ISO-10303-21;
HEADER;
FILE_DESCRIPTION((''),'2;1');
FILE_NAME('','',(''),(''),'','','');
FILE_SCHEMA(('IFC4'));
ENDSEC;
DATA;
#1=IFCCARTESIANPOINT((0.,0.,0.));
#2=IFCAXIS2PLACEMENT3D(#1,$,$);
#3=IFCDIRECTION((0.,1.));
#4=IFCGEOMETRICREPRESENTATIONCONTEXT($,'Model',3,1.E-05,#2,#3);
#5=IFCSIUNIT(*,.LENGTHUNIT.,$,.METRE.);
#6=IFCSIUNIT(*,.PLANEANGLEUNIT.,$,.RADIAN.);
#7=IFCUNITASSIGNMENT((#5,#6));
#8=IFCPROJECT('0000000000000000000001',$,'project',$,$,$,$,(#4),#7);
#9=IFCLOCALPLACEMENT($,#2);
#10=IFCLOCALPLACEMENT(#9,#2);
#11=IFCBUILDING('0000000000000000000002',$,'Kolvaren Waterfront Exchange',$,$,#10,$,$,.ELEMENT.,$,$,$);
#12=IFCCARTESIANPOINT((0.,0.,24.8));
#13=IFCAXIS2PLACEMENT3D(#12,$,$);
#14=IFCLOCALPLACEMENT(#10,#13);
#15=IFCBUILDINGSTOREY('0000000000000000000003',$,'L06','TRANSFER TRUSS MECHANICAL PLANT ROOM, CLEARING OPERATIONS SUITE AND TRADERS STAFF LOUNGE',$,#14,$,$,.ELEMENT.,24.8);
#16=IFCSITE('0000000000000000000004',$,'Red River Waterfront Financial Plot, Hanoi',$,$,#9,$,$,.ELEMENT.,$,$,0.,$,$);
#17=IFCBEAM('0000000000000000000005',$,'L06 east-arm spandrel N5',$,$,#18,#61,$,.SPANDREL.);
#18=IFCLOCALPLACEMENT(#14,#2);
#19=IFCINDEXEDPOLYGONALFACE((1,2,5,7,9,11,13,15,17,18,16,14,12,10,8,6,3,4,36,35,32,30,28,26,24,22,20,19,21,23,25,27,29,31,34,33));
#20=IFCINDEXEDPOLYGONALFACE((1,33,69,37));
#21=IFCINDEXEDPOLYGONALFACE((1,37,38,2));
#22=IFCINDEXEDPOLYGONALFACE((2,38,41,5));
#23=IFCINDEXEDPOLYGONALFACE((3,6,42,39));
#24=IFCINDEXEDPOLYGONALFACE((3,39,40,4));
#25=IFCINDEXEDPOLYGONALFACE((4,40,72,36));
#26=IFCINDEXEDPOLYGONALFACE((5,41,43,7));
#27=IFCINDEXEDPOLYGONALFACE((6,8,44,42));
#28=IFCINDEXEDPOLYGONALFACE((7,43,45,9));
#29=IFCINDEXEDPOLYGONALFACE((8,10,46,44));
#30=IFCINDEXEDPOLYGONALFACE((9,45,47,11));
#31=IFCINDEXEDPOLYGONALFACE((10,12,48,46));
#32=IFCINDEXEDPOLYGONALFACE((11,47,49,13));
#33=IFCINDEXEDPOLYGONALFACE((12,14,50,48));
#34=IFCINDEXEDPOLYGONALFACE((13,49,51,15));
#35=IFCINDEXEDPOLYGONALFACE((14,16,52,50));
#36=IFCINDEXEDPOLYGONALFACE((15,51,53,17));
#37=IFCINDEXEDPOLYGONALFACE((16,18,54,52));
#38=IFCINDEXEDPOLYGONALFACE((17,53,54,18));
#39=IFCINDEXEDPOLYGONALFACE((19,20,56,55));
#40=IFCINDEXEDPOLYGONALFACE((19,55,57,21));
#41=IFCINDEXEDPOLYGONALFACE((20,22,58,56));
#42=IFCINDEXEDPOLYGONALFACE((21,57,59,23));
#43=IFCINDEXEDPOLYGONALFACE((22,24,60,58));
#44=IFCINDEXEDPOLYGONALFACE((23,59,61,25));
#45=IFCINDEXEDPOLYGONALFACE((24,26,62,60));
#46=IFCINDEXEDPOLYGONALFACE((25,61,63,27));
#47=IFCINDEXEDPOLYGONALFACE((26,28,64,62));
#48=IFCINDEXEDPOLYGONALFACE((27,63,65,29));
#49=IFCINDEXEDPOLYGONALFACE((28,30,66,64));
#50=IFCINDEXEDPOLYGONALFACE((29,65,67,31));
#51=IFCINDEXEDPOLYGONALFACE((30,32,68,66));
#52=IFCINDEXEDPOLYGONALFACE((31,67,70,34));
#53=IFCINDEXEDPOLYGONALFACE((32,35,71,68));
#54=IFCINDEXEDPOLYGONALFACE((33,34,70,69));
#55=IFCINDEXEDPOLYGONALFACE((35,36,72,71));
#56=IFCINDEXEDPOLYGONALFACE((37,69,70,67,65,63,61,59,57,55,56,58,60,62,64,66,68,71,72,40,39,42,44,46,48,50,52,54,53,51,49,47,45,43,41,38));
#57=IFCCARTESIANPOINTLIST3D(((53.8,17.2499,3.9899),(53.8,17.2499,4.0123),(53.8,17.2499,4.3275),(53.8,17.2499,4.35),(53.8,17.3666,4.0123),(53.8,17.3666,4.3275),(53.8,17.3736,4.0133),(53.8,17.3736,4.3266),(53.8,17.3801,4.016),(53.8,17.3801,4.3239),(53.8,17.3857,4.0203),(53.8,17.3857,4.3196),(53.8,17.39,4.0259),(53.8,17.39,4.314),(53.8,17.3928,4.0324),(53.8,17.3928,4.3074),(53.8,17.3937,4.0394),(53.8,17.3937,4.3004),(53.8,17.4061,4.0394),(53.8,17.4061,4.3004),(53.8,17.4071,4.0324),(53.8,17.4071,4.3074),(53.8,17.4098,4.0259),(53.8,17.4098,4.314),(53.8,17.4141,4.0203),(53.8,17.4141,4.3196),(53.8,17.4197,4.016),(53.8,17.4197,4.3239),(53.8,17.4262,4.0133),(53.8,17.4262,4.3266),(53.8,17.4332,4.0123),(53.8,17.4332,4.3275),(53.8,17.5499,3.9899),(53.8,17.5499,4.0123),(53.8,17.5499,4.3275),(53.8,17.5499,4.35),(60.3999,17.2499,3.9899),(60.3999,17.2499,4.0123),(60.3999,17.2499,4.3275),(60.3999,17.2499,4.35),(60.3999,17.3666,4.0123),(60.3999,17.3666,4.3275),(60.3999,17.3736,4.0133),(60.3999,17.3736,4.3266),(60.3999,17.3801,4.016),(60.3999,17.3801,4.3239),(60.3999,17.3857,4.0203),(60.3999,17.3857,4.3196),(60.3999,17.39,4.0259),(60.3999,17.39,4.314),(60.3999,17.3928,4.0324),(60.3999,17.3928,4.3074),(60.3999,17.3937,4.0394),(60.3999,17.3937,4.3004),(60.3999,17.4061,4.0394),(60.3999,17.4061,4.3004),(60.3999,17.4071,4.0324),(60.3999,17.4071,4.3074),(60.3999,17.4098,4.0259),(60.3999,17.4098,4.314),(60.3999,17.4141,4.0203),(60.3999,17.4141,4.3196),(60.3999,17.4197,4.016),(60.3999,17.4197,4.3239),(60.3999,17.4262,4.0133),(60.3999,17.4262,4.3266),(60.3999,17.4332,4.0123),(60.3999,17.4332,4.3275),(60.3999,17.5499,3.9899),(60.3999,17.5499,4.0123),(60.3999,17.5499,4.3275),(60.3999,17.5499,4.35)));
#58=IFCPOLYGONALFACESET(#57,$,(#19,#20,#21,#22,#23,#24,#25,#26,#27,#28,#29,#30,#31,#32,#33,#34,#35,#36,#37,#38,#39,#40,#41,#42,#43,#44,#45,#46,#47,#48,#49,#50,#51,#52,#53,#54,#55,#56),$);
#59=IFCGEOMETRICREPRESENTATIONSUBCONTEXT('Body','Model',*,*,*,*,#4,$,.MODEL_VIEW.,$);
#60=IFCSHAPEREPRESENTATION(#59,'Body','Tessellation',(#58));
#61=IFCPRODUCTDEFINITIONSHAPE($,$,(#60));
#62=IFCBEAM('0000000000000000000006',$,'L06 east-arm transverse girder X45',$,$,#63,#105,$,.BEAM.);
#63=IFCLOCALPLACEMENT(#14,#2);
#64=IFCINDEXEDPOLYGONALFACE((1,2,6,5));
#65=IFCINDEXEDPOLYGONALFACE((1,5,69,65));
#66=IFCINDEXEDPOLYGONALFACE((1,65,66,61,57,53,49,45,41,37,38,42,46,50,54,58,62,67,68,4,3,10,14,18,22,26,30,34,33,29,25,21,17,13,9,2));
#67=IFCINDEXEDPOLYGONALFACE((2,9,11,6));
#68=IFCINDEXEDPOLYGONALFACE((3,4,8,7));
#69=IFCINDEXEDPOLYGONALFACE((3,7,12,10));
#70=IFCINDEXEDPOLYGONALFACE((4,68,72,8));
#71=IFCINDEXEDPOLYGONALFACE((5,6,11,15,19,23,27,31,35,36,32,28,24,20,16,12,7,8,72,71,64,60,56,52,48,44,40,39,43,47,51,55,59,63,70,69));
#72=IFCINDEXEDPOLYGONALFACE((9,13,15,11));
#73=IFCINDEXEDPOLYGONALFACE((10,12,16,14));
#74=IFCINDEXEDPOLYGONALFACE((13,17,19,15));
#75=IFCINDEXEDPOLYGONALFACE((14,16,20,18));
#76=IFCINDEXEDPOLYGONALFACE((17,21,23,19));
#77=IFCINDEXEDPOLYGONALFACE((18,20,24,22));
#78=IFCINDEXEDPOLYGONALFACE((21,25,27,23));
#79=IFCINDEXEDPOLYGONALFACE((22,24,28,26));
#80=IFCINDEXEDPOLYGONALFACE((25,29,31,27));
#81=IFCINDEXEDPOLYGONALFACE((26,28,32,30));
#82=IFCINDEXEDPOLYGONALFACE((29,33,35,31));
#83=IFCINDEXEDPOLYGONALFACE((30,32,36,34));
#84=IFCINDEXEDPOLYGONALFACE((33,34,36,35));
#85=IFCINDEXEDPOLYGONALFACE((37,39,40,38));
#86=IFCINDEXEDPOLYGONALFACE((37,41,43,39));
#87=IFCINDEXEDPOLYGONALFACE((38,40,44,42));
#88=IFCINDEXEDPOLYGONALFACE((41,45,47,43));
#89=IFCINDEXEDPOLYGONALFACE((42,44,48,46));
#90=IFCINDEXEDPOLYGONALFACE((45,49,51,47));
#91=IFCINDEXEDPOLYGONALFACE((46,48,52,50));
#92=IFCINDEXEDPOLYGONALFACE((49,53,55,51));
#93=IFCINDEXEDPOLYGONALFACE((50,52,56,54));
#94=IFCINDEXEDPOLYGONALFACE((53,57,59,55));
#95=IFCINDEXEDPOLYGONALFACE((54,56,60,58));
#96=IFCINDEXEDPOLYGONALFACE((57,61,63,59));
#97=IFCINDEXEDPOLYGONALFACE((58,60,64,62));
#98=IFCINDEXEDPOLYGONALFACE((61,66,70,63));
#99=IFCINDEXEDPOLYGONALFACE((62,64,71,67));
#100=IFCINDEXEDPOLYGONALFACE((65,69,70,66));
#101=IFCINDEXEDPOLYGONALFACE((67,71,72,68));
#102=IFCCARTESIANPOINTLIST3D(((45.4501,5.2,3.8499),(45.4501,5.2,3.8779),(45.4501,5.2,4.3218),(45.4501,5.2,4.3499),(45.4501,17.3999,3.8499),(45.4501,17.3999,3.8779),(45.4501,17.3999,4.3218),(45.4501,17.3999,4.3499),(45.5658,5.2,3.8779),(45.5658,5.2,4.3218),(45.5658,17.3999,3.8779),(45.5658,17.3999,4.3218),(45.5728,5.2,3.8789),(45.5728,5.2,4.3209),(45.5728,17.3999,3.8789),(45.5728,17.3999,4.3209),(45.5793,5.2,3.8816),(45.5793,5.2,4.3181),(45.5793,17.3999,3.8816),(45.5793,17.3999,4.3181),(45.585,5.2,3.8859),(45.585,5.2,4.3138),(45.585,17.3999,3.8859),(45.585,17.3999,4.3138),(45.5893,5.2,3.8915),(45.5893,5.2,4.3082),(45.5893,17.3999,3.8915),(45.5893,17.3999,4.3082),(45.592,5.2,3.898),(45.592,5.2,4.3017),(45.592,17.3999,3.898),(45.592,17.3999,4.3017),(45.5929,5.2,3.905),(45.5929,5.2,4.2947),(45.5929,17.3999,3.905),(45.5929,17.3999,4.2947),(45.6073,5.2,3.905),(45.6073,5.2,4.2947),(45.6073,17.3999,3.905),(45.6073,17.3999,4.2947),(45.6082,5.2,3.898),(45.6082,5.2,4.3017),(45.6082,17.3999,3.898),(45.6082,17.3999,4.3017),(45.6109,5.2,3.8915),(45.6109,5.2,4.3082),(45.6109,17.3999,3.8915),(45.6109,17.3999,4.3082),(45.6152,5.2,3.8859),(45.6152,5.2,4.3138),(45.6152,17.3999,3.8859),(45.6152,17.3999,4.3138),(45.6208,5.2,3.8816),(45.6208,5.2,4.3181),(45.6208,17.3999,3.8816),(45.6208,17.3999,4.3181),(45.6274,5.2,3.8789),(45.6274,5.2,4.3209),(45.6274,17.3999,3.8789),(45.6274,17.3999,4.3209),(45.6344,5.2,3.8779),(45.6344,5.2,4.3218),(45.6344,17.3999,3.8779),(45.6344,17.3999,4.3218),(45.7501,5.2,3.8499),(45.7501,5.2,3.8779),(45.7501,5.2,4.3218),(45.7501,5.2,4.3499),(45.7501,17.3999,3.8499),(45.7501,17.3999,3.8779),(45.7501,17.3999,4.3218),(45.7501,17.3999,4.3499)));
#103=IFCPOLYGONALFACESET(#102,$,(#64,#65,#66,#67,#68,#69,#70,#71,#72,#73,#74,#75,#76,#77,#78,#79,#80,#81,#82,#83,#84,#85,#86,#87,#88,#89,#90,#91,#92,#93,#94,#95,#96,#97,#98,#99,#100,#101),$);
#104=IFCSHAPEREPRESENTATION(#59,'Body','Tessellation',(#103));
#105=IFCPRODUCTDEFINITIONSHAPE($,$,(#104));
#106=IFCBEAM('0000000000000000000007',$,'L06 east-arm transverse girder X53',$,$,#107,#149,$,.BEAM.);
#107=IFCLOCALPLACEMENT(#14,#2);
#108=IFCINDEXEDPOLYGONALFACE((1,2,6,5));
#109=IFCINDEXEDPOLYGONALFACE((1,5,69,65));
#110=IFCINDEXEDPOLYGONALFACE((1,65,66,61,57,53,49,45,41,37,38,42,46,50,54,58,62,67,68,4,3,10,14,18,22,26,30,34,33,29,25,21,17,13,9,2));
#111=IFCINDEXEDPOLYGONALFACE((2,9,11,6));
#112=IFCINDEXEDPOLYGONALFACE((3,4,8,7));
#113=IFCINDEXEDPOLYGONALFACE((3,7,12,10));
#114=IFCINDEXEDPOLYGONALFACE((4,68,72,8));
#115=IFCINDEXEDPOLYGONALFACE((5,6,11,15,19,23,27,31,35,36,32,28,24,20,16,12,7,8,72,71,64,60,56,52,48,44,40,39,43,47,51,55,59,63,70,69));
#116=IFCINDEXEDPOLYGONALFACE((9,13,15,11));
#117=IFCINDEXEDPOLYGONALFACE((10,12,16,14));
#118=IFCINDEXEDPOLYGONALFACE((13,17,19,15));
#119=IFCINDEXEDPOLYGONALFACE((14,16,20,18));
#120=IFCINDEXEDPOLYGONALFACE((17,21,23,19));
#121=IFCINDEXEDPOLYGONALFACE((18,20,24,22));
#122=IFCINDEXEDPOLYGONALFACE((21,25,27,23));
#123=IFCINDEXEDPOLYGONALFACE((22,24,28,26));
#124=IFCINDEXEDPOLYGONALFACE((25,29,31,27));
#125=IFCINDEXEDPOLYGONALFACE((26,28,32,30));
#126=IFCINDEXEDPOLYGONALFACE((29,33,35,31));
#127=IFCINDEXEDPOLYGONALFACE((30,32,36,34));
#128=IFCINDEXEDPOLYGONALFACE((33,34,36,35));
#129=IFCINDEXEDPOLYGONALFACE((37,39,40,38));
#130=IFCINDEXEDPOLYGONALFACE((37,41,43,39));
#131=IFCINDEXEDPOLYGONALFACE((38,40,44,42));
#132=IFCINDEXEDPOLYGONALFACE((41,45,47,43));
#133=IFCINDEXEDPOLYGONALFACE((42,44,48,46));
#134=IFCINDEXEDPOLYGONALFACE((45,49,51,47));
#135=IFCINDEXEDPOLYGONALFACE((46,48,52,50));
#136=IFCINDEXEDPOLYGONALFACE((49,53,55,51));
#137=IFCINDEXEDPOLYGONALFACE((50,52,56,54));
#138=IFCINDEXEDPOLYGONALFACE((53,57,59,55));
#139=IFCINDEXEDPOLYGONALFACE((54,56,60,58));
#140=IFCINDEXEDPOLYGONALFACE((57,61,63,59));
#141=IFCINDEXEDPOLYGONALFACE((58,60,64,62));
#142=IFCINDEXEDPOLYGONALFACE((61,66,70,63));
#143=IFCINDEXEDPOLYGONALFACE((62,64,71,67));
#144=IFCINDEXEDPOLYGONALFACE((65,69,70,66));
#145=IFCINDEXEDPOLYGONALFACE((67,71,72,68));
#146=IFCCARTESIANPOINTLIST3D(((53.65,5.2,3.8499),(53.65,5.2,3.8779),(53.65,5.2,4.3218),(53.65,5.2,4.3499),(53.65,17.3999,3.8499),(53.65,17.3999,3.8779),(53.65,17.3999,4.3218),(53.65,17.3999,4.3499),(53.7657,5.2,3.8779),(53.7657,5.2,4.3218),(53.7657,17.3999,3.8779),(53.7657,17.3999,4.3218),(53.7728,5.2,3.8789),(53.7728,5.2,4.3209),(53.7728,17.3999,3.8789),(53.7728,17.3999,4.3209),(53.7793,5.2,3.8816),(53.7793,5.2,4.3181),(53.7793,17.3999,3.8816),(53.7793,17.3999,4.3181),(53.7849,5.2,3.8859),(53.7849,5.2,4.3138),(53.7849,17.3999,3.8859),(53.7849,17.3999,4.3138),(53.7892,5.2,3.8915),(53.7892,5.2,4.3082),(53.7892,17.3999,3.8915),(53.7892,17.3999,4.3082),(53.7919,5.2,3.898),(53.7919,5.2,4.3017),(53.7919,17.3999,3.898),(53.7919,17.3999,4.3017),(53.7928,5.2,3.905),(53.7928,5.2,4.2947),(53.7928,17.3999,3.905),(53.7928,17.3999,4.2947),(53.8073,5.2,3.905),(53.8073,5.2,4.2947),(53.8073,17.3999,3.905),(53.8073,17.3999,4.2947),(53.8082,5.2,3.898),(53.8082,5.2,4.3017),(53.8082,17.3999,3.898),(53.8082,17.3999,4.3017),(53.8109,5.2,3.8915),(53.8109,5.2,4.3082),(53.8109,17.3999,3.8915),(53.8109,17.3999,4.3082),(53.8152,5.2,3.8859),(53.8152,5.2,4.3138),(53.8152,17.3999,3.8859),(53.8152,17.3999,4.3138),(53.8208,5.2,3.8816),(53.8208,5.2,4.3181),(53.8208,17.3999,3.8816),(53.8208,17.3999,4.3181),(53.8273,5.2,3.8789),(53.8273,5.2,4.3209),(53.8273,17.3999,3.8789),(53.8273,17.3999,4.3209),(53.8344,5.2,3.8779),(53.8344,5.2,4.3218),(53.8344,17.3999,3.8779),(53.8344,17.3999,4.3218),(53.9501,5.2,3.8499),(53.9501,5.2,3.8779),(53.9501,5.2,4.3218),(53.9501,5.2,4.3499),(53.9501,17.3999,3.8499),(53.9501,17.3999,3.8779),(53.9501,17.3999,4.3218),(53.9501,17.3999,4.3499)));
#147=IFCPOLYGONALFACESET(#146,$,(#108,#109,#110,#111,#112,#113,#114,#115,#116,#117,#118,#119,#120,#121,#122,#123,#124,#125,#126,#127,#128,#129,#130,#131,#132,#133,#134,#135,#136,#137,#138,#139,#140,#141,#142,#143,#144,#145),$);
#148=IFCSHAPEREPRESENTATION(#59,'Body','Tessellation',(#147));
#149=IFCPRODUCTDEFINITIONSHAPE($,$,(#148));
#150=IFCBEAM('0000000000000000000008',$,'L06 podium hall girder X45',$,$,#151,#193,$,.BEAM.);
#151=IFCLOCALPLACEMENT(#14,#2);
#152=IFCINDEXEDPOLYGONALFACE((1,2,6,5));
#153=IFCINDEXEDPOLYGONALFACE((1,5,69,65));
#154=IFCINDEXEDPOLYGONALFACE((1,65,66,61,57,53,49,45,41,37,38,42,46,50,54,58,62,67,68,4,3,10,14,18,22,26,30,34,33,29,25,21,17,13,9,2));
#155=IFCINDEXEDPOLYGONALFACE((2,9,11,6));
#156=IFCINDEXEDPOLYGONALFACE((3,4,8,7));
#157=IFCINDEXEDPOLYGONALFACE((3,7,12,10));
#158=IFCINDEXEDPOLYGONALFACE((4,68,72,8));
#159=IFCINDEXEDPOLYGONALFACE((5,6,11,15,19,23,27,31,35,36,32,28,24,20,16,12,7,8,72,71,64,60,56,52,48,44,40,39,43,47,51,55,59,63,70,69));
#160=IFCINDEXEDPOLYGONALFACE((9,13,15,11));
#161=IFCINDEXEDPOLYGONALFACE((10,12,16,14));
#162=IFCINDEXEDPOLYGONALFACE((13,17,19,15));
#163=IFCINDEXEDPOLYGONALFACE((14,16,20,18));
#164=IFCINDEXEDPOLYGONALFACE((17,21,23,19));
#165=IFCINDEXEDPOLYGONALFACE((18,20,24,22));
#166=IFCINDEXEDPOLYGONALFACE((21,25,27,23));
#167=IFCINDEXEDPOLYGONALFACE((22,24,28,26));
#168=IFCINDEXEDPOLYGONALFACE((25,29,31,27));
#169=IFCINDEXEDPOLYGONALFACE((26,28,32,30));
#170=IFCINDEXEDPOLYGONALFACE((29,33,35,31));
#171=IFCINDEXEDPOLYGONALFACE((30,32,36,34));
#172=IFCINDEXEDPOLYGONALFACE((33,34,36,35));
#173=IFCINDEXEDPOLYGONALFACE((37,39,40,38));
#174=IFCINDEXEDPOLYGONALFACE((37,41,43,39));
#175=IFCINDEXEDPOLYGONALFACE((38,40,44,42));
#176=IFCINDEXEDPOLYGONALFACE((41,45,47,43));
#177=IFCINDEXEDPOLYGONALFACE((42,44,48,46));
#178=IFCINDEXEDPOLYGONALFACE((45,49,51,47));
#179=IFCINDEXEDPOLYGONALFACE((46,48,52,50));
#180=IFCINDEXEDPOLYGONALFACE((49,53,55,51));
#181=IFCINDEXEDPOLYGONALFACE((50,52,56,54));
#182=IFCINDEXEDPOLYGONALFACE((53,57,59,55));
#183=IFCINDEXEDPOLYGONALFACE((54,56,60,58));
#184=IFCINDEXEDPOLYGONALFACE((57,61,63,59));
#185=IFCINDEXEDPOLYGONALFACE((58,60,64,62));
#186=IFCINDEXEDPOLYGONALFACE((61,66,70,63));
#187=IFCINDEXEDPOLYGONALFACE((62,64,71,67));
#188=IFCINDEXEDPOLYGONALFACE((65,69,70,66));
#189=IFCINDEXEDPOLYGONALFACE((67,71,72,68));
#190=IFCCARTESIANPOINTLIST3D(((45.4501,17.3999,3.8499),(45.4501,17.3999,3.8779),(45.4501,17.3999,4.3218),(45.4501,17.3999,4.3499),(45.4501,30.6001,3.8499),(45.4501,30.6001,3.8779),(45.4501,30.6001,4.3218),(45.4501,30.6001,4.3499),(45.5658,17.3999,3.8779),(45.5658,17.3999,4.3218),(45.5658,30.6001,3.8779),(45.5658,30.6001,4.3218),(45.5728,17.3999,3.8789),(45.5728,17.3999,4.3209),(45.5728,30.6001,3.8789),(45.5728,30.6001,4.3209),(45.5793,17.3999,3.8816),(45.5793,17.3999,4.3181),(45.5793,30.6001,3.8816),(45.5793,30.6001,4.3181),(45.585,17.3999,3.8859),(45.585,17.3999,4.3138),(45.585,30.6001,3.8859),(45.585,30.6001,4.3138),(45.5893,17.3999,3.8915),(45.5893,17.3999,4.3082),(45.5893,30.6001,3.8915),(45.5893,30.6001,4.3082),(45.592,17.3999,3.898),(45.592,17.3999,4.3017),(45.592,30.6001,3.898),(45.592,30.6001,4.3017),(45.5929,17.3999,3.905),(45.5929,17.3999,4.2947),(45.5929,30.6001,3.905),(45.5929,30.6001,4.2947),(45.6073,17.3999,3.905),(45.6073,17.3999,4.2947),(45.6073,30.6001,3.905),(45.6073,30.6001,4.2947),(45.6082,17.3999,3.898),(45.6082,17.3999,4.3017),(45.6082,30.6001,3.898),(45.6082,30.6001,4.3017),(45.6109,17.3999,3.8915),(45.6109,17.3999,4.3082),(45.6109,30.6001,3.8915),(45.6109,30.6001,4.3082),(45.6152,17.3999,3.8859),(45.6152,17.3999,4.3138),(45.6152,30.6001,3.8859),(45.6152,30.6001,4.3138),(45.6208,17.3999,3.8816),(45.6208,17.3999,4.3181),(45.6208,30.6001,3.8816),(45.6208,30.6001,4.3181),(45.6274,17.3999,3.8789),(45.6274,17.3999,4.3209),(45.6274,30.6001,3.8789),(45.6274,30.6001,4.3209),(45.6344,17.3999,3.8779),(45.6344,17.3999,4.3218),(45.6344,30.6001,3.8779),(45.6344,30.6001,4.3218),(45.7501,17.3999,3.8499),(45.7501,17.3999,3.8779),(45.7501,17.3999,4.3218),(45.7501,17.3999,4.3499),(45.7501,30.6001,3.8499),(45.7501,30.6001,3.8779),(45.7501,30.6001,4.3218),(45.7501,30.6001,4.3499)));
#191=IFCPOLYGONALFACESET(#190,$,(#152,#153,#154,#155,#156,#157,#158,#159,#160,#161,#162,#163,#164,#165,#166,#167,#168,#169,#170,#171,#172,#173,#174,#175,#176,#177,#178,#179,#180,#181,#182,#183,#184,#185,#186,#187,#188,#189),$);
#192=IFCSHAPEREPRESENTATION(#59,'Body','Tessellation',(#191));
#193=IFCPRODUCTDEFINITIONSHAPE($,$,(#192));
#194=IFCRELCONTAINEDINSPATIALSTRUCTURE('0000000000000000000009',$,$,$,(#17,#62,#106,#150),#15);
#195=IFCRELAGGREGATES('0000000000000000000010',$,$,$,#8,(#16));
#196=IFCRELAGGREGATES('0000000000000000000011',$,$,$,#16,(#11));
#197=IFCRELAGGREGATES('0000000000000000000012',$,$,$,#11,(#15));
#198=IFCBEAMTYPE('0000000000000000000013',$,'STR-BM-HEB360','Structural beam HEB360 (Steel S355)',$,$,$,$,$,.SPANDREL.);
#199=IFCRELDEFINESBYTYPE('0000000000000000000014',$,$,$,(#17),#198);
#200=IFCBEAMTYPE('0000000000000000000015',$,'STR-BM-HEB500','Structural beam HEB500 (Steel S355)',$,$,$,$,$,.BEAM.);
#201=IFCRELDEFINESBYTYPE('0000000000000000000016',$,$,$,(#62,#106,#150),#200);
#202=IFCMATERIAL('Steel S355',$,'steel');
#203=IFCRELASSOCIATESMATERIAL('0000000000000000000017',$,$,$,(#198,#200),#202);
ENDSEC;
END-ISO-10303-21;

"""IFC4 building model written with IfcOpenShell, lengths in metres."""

from ifc_helpers import new_model, si_unit, direction, frame, origin, origin_2d, place, context, subcontext, project, spatial, i_section, extrude, material, material_profile, profile_set, type_object, element, save


model = new_model("IFC4")

# Units and contexts
model_context = context("Model", 3, precision=1e-05, world=origin(), true_north=direction((0.0, 1.0)))
body_context = subcontext(model_context, "Body", "Model", "MODEL_VIEW")
ifc_project = project(units=[si_unit("LENGTHUNIT", "METRE"), si_unit("PLANEANGLEUNIT", "RADIAN")], contexts=[model_context])

# Site, building, storey
site_placement = place(None, origin())
site = spatial("IfcSite", under=ifc_project, at=site_placement, Name="Red River Waterfront Financial Plot, Hanoi", CompositionType="ELEMENT", RefElevation=0.0)
building_placement = place(site_placement, origin())
building = spatial("IfcBuilding", under=site, at=building_placement, Name="Kolvaren Waterfront Exchange", CompositionType="ELEMENT")
storey_placement = place(building_placement, frame((0.0, 0.0, 24.8)))
storey = spatial("IfcBuildingStorey", under=building, at=storey_placement, Name="L06", Description="TRANSFER TRUSS MECHANICAL PLANT ROOM, CLEARING OPERATIONS SUITE AND TRADERS STAFF LOUNGE", CompositionType="ELEMENT", Elevation=24.8)

# Beams
ifc_material_1 = material(Name="Steel S355", Category="steel")
ifc_material_profile_1 = material_profile(ifc_material_1, i_section(OverallWidth=0.3, OverallDepth=0.3601, WebThickness=0.0125, FlangeThickness=0.0225, FilletRadius=0.0271, at=origin_2d()), Name="HEB360")
ifc_profile_set_1 = profile_set([ifc_material_profile_1], Name="Steel S355")
beam_type_1 = type_object("IfcBeamType", Name="STR-BM-HEB360", Description="Structural beam HEB360 (Steel S355)", PredefinedType="SPANDREL", material=ifc_profile_set_1)
beam_1_placement = place(storey_placement, frame((53.8, 17.3999, 4.1699), z_axis=(1.0, 0.0, 0.0), x_axis=(0.0, 1.0, 0.0)))
element("IfcBeam", 1, at=beam_1_placement, inside=storey, type_object=beam_type_1, Name="L06 east-arm spandrel N5", PredefinedType="SPANDREL", context=body_context, shape_type="SweptSolid", body=[
    extrude(i_section(OverallWidth=0.3, OverallDepth=0.3601, WebThickness=0.0125, FlangeThickness=0.0225, FilletRadius=0.0271, at=origin_2d()), origin(), (0.0, 0.0, 1.0), 6.5999),
])
ifc_material_profile_2 = material_profile(ifc_material_1, i_section(OverallWidth=0.3, OverallDepth=0.5, WebThickness=0.0144, FlangeThickness=0.0281, FilletRadius=0.0271, at=origin_2d()), Name="HEB500")
ifc_profile_set_2 = profile_set([ifc_material_profile_2], Name="Steel S355")
beam_type_2 = type_object("IfcBeamType", Name="STR-BM-HEB500", Description="Structural beam HEB500 (Steel S355)", PredefinedType="BEAM", material=ifc_profile_set_2)
for number, where, z_axis, x_axis, name in (
    (2, (45.6001, 5.2, 4.0999), (0.0, 1.0, 0.0), (-1.0, 0.0, 0.0), "L06 east-arm transverse girder X45"),
    (3, (53.8, 5.2, 4.0999), (0.0, 1.0, 0.0), (-1.0, 0.0, 0.0), "L06 east-arm transverse girder X53"),
):
    element("IfcBeam", number, at=place(storey_placement, frame(where, z_axis=z_axis, x_axis=x_axis)), inside=storey, type_object=beam_type_2, Name=name, PredefinedType="BEAM", context=body_context, shape_type="SweptSolid", body=[
        extrude(i_section(OverallWidth=0.3, OverallDepth=0.5, WebThickness=0.0144, FlangeThickness=0.0281, FilletRadius=0.0271, at=origin_2d()), origin(), (0.0, 0.0, 1.0), 12.2),
    ])
beam_2_placement = place(storey_placement, frame((45.6001, 17.3999, 4.0999), z_axis=(0.0, 1.0, 0.0), x_axis=(-1.0, 0.0, 0.0)))
element("IfcBeam", 4, at=beam_2_placement, inside=storey, type_object=beam_type_2, Name="L06 podium hall girder X45", PredefinedType="BEAM", context=body_context, shape_type="SweptSolid", body=[
    extrude(i_section(OverallWidth=0.3, OverallDepth=0.5, WebThickness=0.0144, FlangeThickness=0.0281, FilletRadius=0.0271, at=origin_2d()), origin(), (0.0, 0.0, 1.0), 13.2002),
])

save(model, "model.ifc")
